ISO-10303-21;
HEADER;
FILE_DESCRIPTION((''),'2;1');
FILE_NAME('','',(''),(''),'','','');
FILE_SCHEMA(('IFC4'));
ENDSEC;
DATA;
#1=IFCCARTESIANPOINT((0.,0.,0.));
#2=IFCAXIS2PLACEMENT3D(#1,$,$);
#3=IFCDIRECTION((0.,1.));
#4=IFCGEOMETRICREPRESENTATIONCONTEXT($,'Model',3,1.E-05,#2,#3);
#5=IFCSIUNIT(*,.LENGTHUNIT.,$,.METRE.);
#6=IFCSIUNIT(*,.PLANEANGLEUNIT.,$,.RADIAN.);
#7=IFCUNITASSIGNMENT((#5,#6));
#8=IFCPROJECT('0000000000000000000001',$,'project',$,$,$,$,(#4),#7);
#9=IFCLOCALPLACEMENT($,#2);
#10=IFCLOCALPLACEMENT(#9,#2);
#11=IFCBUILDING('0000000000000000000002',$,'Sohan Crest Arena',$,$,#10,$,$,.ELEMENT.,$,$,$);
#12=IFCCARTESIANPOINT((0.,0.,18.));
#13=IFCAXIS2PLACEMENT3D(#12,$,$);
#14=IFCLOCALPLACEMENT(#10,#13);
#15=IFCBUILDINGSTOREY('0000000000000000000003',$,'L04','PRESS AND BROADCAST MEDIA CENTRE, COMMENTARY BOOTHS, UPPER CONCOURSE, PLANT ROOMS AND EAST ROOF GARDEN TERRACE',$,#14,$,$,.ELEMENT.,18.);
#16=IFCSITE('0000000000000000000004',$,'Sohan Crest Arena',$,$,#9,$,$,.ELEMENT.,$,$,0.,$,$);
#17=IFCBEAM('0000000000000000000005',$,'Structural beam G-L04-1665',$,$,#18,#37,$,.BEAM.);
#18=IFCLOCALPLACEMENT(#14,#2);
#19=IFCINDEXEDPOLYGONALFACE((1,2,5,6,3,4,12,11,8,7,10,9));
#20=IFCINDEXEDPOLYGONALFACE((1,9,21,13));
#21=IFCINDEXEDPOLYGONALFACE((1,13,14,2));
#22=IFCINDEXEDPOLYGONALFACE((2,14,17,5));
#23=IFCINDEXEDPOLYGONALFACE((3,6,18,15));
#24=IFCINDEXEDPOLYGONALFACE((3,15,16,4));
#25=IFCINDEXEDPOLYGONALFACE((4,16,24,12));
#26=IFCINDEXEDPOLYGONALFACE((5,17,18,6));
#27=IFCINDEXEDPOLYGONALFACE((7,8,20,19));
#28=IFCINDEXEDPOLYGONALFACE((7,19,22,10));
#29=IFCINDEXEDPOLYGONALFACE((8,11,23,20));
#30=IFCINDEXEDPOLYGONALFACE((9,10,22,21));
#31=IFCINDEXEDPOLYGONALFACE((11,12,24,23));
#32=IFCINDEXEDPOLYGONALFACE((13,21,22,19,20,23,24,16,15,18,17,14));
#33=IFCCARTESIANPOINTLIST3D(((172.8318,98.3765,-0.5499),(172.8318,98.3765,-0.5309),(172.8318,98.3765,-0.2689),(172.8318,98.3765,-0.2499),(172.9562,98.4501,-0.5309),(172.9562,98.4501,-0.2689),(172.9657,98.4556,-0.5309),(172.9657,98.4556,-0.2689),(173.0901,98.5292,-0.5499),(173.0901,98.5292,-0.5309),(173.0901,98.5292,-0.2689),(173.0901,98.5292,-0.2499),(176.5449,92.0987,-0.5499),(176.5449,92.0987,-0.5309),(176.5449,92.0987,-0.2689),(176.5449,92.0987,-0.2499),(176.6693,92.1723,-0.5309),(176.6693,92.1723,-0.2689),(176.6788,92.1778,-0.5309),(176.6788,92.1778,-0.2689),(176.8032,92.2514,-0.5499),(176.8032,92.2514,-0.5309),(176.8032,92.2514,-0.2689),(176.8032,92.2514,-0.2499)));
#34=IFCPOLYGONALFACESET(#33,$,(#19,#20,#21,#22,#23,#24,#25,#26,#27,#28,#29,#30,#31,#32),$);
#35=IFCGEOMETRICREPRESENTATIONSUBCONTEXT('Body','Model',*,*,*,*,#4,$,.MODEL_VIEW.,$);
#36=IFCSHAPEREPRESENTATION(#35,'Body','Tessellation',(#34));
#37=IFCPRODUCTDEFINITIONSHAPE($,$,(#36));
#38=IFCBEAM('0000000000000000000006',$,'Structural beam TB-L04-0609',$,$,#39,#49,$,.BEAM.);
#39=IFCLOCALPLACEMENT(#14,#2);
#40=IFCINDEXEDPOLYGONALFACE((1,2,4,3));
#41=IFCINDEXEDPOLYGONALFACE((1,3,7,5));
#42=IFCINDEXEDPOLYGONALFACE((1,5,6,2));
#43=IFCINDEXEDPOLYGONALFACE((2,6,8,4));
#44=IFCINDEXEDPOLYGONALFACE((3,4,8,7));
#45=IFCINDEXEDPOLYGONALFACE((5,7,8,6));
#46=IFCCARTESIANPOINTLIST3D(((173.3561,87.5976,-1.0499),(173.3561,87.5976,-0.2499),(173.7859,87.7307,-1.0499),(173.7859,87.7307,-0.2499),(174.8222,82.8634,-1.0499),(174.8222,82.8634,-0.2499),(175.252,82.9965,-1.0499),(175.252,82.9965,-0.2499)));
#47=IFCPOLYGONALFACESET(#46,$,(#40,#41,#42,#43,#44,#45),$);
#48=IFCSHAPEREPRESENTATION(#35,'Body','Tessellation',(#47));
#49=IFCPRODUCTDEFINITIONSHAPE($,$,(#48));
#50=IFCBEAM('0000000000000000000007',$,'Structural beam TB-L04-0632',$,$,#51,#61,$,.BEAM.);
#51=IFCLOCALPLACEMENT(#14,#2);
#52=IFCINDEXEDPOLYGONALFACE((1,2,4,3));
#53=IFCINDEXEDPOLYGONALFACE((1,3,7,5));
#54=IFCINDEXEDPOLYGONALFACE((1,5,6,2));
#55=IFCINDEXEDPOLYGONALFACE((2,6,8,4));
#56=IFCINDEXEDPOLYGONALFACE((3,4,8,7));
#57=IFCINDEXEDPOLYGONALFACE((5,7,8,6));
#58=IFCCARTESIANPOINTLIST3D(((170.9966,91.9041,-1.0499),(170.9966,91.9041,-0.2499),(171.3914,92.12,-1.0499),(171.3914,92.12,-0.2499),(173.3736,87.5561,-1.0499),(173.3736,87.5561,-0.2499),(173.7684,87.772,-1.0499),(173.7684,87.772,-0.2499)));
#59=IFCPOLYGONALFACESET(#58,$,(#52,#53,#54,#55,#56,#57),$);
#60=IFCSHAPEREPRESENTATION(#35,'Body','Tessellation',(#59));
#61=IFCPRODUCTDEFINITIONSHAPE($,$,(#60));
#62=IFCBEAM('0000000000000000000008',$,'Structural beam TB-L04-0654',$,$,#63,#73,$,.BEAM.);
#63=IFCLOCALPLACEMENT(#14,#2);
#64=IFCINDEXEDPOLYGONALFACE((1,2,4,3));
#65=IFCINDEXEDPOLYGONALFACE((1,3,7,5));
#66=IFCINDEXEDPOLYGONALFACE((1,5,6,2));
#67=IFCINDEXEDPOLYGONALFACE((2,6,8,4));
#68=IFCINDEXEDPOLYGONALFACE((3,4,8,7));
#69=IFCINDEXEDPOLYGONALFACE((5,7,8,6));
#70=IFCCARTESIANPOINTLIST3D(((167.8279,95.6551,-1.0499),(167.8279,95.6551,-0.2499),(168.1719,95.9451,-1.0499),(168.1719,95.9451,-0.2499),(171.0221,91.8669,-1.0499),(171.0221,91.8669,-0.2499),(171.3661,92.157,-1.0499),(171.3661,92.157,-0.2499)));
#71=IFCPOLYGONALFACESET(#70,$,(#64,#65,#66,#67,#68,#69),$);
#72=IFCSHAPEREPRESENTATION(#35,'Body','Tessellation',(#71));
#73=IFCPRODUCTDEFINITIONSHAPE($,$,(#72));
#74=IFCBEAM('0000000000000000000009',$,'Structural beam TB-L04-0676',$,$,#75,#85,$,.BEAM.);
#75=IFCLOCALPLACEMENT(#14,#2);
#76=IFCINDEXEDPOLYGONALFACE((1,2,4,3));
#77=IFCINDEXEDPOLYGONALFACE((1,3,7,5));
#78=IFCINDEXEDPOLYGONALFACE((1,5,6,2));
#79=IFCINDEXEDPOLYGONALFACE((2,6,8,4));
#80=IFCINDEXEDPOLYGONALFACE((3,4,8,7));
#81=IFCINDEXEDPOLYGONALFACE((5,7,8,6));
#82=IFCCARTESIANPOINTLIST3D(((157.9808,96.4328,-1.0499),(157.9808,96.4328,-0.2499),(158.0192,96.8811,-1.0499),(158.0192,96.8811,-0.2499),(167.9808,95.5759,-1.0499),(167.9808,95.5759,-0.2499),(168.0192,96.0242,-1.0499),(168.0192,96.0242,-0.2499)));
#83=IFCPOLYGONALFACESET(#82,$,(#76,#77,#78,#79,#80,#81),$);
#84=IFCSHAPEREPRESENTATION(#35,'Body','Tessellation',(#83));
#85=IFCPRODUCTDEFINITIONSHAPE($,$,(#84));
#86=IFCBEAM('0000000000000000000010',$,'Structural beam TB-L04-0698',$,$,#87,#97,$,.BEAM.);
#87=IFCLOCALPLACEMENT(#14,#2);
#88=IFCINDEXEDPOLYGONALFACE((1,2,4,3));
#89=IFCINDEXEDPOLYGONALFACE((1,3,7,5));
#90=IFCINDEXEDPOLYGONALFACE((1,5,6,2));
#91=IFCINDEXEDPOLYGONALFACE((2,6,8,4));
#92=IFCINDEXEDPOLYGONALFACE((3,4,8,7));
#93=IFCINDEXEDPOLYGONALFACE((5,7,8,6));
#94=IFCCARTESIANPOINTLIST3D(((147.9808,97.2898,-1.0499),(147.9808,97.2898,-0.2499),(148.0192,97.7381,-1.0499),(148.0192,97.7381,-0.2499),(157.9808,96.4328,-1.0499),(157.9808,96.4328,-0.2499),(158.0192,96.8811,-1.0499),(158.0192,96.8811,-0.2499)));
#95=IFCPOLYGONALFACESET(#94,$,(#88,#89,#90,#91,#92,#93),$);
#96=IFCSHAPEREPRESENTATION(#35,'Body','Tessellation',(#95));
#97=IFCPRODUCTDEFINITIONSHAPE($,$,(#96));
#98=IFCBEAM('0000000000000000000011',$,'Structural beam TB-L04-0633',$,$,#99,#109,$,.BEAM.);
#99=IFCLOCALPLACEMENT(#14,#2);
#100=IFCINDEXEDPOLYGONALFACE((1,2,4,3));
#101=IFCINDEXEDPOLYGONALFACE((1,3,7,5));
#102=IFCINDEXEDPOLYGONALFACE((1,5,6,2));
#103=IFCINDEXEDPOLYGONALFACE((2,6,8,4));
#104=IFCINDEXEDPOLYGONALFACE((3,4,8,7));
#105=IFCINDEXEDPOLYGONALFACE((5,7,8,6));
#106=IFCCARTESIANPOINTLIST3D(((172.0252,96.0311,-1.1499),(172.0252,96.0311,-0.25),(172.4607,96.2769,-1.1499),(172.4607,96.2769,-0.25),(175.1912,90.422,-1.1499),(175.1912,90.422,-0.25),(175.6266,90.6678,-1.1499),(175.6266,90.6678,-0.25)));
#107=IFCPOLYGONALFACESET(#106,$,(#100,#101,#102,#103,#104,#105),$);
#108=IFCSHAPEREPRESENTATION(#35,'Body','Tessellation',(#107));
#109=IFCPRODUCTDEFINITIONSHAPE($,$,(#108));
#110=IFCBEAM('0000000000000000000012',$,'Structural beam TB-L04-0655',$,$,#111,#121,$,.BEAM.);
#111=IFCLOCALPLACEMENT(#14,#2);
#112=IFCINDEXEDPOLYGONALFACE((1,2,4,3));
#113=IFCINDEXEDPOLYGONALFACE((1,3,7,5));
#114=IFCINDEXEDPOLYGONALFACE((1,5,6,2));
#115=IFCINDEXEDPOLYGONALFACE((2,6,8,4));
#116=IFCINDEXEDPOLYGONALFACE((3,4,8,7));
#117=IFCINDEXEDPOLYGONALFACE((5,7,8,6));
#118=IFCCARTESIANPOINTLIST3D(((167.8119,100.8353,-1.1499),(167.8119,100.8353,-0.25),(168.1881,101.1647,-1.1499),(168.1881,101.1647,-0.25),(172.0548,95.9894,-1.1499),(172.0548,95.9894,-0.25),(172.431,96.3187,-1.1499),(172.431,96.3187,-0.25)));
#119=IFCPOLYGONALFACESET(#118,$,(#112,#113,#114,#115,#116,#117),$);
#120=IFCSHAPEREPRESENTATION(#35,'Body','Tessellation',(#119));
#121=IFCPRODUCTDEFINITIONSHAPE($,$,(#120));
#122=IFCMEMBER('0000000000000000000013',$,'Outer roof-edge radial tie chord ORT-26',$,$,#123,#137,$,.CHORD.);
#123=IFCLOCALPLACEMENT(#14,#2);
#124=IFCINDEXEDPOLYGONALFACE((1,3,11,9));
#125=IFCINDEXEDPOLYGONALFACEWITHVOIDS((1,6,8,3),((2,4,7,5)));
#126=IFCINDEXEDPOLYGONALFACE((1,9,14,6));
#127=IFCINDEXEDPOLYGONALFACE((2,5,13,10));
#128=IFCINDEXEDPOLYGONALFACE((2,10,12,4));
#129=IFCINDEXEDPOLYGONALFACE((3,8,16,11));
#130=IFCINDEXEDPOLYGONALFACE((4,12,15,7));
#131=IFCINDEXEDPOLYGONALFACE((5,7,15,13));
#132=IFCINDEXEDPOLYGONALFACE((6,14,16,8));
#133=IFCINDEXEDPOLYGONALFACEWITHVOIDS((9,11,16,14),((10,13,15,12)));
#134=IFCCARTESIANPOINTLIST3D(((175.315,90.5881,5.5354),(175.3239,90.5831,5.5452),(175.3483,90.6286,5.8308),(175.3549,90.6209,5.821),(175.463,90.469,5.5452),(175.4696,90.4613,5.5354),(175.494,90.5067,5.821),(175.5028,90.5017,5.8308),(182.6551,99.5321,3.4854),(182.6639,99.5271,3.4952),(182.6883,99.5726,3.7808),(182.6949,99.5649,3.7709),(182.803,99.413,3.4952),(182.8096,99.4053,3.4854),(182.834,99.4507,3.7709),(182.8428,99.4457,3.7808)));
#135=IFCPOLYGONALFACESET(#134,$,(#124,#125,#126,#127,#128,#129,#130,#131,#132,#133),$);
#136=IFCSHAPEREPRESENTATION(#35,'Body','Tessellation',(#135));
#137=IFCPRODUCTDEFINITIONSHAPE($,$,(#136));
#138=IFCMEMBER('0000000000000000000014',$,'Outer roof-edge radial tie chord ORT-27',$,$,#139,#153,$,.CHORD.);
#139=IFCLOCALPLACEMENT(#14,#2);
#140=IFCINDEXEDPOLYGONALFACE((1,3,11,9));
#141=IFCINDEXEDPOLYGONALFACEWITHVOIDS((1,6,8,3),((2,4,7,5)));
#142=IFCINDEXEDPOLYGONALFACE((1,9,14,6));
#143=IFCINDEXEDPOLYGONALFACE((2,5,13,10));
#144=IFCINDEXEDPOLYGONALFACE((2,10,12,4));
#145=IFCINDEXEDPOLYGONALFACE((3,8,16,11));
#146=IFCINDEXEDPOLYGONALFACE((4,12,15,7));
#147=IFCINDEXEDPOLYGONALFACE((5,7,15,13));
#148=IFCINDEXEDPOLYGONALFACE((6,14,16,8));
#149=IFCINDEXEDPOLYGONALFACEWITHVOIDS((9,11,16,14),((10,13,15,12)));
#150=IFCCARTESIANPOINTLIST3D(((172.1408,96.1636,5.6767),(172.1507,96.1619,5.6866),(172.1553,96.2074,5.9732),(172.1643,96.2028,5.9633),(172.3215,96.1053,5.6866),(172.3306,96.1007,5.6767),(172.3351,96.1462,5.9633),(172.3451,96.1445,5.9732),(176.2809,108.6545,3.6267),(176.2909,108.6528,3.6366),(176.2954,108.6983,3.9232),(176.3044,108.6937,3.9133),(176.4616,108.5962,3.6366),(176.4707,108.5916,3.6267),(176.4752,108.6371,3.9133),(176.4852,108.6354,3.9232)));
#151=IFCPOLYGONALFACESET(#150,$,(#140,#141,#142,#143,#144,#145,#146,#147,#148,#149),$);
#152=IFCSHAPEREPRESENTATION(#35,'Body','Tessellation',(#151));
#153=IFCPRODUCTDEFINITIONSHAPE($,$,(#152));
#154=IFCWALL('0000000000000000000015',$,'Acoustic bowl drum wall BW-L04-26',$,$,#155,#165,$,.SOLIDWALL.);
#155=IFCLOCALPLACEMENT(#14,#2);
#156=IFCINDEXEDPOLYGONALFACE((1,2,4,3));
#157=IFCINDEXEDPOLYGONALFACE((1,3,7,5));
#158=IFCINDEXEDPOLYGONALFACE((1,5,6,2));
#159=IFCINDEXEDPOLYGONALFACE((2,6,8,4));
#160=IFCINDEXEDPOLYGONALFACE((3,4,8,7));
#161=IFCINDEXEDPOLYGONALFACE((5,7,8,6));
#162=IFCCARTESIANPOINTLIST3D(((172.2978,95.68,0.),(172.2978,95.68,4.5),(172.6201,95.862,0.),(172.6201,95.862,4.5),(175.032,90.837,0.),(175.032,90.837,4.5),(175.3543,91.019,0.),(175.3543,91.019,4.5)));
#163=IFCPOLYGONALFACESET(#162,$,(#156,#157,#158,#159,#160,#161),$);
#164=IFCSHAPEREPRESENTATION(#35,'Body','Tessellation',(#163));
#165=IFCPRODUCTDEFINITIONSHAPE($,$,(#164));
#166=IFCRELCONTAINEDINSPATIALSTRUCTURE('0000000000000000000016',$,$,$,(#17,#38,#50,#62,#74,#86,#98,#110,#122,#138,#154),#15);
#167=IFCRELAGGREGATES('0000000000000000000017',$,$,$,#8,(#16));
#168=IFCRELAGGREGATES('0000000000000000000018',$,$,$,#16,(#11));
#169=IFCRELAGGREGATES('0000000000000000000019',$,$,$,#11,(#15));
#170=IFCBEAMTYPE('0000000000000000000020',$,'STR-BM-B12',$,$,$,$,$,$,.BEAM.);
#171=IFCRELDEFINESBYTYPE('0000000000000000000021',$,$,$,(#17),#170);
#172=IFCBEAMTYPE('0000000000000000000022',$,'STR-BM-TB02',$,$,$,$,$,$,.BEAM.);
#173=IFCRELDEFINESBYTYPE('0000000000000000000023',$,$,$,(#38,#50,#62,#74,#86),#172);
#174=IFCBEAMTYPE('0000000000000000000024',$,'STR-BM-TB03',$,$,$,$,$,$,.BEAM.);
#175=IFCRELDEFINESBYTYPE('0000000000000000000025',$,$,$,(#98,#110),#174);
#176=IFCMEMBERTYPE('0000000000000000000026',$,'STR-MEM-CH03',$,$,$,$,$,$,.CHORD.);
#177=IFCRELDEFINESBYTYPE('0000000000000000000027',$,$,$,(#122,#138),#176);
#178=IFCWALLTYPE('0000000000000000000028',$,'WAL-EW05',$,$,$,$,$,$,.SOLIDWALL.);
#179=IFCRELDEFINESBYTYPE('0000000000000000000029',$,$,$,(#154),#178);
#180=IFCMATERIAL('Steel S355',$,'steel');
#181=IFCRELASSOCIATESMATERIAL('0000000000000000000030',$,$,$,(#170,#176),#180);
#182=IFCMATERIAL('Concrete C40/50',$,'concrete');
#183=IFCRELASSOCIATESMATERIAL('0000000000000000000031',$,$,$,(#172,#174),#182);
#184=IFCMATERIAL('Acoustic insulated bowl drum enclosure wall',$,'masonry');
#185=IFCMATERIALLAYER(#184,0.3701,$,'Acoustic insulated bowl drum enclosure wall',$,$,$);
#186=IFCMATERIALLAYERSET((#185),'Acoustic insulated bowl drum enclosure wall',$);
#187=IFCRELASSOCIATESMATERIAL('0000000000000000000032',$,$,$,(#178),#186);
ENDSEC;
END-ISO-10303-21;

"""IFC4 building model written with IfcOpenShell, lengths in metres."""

from ifc_helpers import new_model, si_unit, direction, frame, frame_2d, origin, origin_2d, place, context, subcontext, project, spatial, rectangle, hollow_rectangle, i_section, extrude, material, layer, layer_set, material_profile, profile_set, type_object, element, save


model = new_model("IFC4")

# Units and contexts
model_context = context("Model", 3, precision=1e-05, world=origin(), true_north=direction((0.0, 1.0)))
body_context = subcontext(model_context, "Body", "Model", "MODEL_VIEW")
ifc_project = project(units=[si_unit("LENGTHUNIT", "METRE"), si_unit("PLANEANGLEUNIT", "RADIAN")], contexts=[model_context])

# Site, building, storey
site_placement = place(None, origin())
site = spatial("IfcSite", under=ifc_project, at=site_placement, Name="Sohan Crest Arena", CompositionType="ELEMENT", RefElevation=0.0)
building_placement = place(site_placement, origin())
building = spatial("IfcBuilding", under=site, at=building_placement, Name="Sohan Crest Arena", CompositionType="ELEMENT")
storey_placement = place(building_placement, frame((0.0, 0.0, 18.0)))
storey = spatial("IfcBuildingStorey", under=building, at=storey_placement, Name="L04", Description="PRESS AND BROADCAST MEDIA CENTRE, COMMENTARY BOOTHS, UPPER CONCOURSE, PLANT ROOMS AND EAST ROOF GARDEN TERRACE", CompositionType="ELEMENT", Elevation=18.0)

# Shared definitions
ifc_material_1 = material(Name="Concrete C40/50", Category="concrete")
ifc_material_2 = material(Name="Steel S355", Category="steel")

# Beams
ifc_material_profile_1 = material_profile(ifc_material_2, i_section(OverallWidth=0.3, OverallDepth=0.3, WebThickness=0.011, FlangeThickness=0.019, at=origin_2d()), Name="HEB 300")
ifc_profile_set_1 = profile_set([ifc_material_profile_1], Name="Steel S355")
beam_type_1 = type_object("IfcBeamType", Name="STR-BM-B12", PredefinedType="BEAM", material=ifc_profile_set_1)
beam_1_placement = place(storey_placement, frame((176.6741, 92.175, -0.3999), z_axis=(-0.509086, 0.860716, 0.0), x_axis=(-0.860716, -0.509086, 0.0)))
element("IfcBeam", 1, at=beam_1_placement, inside=storey, type_object=beam_type_1, Name="Structural beam G-L04-1665", PredefinedType="BEAM", context=body_context, shape_type="SweptSolid", body=[
    extrude(i_section(OverallWidth=0.3, OverallDepth=0.3, WebThickness=0.011, FlangeThickness=0.019, at=origin_2d()), origin(), (0.0, 0.0, 1.0), 7.2937),
])
ifc_material_profile_2 = material_profile(ifc_material_1, rectangle(XDim=0.45, YDim=0.8, at=origin_2d()), Name="RC-BM 450x800")
ifc_profile_set_2 = profile_set([ifc_material_profile_2], Name="Concrete C40/50")
beam_type_2 = type_object("IfcBeamType", Name="STR-BM-TB02", PredefinedType="BEAM", material=ifc_profile_set_2)
beam_2_placement = place(storey_placement, frame((175.0371, 82.9299, -0.6499), z_axis=(-0.29582, 0.955244, 0.0), x_axis=(-0.955244, -0.29582, 0.0)))
element("IfcBeam", 2, at=beam_2_placement, inside=storey, type_object=beam_type_2, Name="Structural beam TB-L04-0609", PredefinedType="BEAM", context=body_context, shape_type="SweptSolid", body=[
    extrude(rectangle(XDim=0.45, YDim=0.8, at=origin_2d()), origin(), (0.0, 0.0, 1.0), 4.9561),
])
beam_3_placement = place(storey_placement, frame((173.571, 87.6641, -0.6499), z_axis=(-0.479687, 0.87744, 0.0), x_axis=(-0.87744, -0.479687, 0.0)))
element("IfcBeam", 3, at=beam_3_placement, inside=storey, type_object=beam_type_2, Name="Structural beam TB-L04-0632", PredefinedType="BEAM", context=body_context, shape_type="SweptSolid", body=[
    extrude(rectangle(XDim=0.45, YDim=0.8, at=origin_2d()), origin(), (0.0, 0.0, 1.0), 4.9553),
])
beam_4_placement = place(storey_placement, frame((171.1941, 92.012, -0.6499), z_axis=(-0.644623, 0.764501, 0.0), x_axis=(-0.764501, -0.644623, 0.0)))
element("IfcBeam", 4, at=beam_4_placement, inside=storey, type_object=beam_type_2, Name="Structural beam TB-L04-0654", PredefinedType="BEAM", context=body_context, shape_type="SweptSolid", body=[
    extrude(rectangle(XDim=0.45, YDim=0.8, at=origin_2d()), origin(), (0.0, 0.0, 1.0), 4.9551),
])
for number, where, z_axis, x_axis, name in (
    (5, (168.0, 95.8, -0.6499), (-0.996348, 0.08538, 0.0), (-0.08538, -0.996348, 0.0), "Structural beam TB-L04-0676"),
    (6, (158.0, 96.657, -0.6499), (-0.996348, 0.08538, 0.0), (-0.08538, -0.996348, 0.0), "Structural beam TB-L04-0698"),
):
    element("IfcBeam", number, at=place(storey_placement, frame(where, z_axis=z_axis, x_axis=x_axis)), inside=storey, type_object=beam_type_2, Name=name, PredefinedType="BEAM", context=body_context, shape_type="SweptSolid", body=[
        extrude(rectangle(XDim=0.45, YDim=0.8, at=origin_2d()), origin(), (0.0, 0.0, 1.0), 10.0366),
    ])
ifc_material_profile_3 = material_profile(ifc_material_1, rectangle(XDim=0.5, YDim=0.8999, at=origin_2d()), Name="RC-BM 500x900")
ifc_profile_set_3 = profile_set([ifc_material_profile_3], Name="Concrete C40/50")
beam_type_3 = type_object("IfcBeamType", Name="STR-BM-TB03", PredefinedType="BEAM", material=ifc_profile_set_3)
for number, where, z_axis, x_axis, name in (
    (7, (175.4089, 90.5449, -0.7), (-0.491544, 0.870853, 0.0), (-0.870853, -0.491544, 0.0), "Structural beam TB-L04-0633"),
    (8, (172.2429, 96.1541, -0.7), (-0.658743, 0.752368, 0.0), (-0.752368, -0.658743, 0.0), "Structural beam TB-L04-0655"),
):
    element("IfcBeam", number, at=place(storey_placement, frame(where, z_axis=z_axis, x_axis=x_axis)), inside=storey, type_object=beam_type_3, Name=name, PredefinedType="BEAM", context=body_context, shape_type="SweptSolid", body=[
        extrude(rectangle(XDim=0.5, YDim=0.8999, at=origin_2d()), origin(), (0.0, 0.0, 1.0), 6.4409),
    ])

# Members
ifc_material_profile_4 = material_profile(ifc_material_2, hollow_rectangle(XDim=0.2, YDim=0.3, WallThickness=0.01, at=origin_2d()), Name="RHS 300x200x10")
ifc_profile_set_4 = profile_set([ifc_material_profile_4], Name="Steel S355")
member_type = type_object("IfcMemberType", Name="STR-MEM-CH03", PredefinedType="CHORD", material=ifc_profile_set_4)
member_1_placement = place(storey_placement, frame((175.4089, 90.5449, 5.6831), z_axis=(0.624657, 0.761161, -0.174463), x_axis=(-0.773016, 0.634386, 0.0)))
element("IfcMember", 9, at=member_1_placement, inside=storey, type_object=member_type, Name="Outer roof-edge radial tie chord ORT-26", PredefinedType="CHORD", context=body_context, shape_type="SweptSolid", body=[
    extrude(hollow_rectangle(XDim=0.2, YDim=0.3, WallThickness=0.01, at=origin_2d()), origin(), (0.0, 0.0, 1.0), 11.7505),
])
member_2_placement = place(storey_placement, frame((172.2429, 96.1541, 5.825), z_axis=(0.310869, 0.937905, -0.153931), x_axis=(-0.949218, 0.314619, 0.0)))
element("IfcMember", 10, at=member_2_placement, inside=storey, type_object=member_type, Name="Outer roof-edge radial tie chord ORT-27", PredefinedType="CHORD", context=body_context, shape_type="SweptSolid", body=[
    extrude(hollow_rectangle(XDim=0.2, YDim=0.3, WallThickness=0.01, at=origin_2d()), origin(), (0.0, 0.0, 1.0), 13.3179),
])

# Wall
ifc_material_3 = material(Name="Acoustic insulated bowl drum enclosure wall", Category="masonry")
ifc_layer = layer(ifc_material_3, 0.3701, Name="Acoustic insulated bowl drum enclosure wall")
ifc_layer_set = layer_set([ifc_layer], Name="Acoustic insulated bowl drum enclosure wall")
wall_type = type_object("IfcWallType", Name="WAL-EW05", PredefinedType="SOLIDWALL", material=ifc_layer_set)
wall_1_placement = place(storey_placement, frame((175.1931, 90.928, 0.0), z_axis=(0.0, 0.0, 1.0), x_axis=(-0.491617, 0.870811, 0.0)))
element("IfcWall", 11, at=wall_1_placement, inside=storey, type_object=wall_type, Name="Acoustic bowl drum wall BW-L04-26", PredefinedType="SOLIDWALL", context=body_context, shape_type="SweptSolid", body=[
    extrude(rectangle(XDim=5.5615, YDim=0.3701, at=frame_2d((2.7808, 0.0))), origin(), (0.0, 0.0, 1.0), 4.5),
])

save(model, "model.ifc")
